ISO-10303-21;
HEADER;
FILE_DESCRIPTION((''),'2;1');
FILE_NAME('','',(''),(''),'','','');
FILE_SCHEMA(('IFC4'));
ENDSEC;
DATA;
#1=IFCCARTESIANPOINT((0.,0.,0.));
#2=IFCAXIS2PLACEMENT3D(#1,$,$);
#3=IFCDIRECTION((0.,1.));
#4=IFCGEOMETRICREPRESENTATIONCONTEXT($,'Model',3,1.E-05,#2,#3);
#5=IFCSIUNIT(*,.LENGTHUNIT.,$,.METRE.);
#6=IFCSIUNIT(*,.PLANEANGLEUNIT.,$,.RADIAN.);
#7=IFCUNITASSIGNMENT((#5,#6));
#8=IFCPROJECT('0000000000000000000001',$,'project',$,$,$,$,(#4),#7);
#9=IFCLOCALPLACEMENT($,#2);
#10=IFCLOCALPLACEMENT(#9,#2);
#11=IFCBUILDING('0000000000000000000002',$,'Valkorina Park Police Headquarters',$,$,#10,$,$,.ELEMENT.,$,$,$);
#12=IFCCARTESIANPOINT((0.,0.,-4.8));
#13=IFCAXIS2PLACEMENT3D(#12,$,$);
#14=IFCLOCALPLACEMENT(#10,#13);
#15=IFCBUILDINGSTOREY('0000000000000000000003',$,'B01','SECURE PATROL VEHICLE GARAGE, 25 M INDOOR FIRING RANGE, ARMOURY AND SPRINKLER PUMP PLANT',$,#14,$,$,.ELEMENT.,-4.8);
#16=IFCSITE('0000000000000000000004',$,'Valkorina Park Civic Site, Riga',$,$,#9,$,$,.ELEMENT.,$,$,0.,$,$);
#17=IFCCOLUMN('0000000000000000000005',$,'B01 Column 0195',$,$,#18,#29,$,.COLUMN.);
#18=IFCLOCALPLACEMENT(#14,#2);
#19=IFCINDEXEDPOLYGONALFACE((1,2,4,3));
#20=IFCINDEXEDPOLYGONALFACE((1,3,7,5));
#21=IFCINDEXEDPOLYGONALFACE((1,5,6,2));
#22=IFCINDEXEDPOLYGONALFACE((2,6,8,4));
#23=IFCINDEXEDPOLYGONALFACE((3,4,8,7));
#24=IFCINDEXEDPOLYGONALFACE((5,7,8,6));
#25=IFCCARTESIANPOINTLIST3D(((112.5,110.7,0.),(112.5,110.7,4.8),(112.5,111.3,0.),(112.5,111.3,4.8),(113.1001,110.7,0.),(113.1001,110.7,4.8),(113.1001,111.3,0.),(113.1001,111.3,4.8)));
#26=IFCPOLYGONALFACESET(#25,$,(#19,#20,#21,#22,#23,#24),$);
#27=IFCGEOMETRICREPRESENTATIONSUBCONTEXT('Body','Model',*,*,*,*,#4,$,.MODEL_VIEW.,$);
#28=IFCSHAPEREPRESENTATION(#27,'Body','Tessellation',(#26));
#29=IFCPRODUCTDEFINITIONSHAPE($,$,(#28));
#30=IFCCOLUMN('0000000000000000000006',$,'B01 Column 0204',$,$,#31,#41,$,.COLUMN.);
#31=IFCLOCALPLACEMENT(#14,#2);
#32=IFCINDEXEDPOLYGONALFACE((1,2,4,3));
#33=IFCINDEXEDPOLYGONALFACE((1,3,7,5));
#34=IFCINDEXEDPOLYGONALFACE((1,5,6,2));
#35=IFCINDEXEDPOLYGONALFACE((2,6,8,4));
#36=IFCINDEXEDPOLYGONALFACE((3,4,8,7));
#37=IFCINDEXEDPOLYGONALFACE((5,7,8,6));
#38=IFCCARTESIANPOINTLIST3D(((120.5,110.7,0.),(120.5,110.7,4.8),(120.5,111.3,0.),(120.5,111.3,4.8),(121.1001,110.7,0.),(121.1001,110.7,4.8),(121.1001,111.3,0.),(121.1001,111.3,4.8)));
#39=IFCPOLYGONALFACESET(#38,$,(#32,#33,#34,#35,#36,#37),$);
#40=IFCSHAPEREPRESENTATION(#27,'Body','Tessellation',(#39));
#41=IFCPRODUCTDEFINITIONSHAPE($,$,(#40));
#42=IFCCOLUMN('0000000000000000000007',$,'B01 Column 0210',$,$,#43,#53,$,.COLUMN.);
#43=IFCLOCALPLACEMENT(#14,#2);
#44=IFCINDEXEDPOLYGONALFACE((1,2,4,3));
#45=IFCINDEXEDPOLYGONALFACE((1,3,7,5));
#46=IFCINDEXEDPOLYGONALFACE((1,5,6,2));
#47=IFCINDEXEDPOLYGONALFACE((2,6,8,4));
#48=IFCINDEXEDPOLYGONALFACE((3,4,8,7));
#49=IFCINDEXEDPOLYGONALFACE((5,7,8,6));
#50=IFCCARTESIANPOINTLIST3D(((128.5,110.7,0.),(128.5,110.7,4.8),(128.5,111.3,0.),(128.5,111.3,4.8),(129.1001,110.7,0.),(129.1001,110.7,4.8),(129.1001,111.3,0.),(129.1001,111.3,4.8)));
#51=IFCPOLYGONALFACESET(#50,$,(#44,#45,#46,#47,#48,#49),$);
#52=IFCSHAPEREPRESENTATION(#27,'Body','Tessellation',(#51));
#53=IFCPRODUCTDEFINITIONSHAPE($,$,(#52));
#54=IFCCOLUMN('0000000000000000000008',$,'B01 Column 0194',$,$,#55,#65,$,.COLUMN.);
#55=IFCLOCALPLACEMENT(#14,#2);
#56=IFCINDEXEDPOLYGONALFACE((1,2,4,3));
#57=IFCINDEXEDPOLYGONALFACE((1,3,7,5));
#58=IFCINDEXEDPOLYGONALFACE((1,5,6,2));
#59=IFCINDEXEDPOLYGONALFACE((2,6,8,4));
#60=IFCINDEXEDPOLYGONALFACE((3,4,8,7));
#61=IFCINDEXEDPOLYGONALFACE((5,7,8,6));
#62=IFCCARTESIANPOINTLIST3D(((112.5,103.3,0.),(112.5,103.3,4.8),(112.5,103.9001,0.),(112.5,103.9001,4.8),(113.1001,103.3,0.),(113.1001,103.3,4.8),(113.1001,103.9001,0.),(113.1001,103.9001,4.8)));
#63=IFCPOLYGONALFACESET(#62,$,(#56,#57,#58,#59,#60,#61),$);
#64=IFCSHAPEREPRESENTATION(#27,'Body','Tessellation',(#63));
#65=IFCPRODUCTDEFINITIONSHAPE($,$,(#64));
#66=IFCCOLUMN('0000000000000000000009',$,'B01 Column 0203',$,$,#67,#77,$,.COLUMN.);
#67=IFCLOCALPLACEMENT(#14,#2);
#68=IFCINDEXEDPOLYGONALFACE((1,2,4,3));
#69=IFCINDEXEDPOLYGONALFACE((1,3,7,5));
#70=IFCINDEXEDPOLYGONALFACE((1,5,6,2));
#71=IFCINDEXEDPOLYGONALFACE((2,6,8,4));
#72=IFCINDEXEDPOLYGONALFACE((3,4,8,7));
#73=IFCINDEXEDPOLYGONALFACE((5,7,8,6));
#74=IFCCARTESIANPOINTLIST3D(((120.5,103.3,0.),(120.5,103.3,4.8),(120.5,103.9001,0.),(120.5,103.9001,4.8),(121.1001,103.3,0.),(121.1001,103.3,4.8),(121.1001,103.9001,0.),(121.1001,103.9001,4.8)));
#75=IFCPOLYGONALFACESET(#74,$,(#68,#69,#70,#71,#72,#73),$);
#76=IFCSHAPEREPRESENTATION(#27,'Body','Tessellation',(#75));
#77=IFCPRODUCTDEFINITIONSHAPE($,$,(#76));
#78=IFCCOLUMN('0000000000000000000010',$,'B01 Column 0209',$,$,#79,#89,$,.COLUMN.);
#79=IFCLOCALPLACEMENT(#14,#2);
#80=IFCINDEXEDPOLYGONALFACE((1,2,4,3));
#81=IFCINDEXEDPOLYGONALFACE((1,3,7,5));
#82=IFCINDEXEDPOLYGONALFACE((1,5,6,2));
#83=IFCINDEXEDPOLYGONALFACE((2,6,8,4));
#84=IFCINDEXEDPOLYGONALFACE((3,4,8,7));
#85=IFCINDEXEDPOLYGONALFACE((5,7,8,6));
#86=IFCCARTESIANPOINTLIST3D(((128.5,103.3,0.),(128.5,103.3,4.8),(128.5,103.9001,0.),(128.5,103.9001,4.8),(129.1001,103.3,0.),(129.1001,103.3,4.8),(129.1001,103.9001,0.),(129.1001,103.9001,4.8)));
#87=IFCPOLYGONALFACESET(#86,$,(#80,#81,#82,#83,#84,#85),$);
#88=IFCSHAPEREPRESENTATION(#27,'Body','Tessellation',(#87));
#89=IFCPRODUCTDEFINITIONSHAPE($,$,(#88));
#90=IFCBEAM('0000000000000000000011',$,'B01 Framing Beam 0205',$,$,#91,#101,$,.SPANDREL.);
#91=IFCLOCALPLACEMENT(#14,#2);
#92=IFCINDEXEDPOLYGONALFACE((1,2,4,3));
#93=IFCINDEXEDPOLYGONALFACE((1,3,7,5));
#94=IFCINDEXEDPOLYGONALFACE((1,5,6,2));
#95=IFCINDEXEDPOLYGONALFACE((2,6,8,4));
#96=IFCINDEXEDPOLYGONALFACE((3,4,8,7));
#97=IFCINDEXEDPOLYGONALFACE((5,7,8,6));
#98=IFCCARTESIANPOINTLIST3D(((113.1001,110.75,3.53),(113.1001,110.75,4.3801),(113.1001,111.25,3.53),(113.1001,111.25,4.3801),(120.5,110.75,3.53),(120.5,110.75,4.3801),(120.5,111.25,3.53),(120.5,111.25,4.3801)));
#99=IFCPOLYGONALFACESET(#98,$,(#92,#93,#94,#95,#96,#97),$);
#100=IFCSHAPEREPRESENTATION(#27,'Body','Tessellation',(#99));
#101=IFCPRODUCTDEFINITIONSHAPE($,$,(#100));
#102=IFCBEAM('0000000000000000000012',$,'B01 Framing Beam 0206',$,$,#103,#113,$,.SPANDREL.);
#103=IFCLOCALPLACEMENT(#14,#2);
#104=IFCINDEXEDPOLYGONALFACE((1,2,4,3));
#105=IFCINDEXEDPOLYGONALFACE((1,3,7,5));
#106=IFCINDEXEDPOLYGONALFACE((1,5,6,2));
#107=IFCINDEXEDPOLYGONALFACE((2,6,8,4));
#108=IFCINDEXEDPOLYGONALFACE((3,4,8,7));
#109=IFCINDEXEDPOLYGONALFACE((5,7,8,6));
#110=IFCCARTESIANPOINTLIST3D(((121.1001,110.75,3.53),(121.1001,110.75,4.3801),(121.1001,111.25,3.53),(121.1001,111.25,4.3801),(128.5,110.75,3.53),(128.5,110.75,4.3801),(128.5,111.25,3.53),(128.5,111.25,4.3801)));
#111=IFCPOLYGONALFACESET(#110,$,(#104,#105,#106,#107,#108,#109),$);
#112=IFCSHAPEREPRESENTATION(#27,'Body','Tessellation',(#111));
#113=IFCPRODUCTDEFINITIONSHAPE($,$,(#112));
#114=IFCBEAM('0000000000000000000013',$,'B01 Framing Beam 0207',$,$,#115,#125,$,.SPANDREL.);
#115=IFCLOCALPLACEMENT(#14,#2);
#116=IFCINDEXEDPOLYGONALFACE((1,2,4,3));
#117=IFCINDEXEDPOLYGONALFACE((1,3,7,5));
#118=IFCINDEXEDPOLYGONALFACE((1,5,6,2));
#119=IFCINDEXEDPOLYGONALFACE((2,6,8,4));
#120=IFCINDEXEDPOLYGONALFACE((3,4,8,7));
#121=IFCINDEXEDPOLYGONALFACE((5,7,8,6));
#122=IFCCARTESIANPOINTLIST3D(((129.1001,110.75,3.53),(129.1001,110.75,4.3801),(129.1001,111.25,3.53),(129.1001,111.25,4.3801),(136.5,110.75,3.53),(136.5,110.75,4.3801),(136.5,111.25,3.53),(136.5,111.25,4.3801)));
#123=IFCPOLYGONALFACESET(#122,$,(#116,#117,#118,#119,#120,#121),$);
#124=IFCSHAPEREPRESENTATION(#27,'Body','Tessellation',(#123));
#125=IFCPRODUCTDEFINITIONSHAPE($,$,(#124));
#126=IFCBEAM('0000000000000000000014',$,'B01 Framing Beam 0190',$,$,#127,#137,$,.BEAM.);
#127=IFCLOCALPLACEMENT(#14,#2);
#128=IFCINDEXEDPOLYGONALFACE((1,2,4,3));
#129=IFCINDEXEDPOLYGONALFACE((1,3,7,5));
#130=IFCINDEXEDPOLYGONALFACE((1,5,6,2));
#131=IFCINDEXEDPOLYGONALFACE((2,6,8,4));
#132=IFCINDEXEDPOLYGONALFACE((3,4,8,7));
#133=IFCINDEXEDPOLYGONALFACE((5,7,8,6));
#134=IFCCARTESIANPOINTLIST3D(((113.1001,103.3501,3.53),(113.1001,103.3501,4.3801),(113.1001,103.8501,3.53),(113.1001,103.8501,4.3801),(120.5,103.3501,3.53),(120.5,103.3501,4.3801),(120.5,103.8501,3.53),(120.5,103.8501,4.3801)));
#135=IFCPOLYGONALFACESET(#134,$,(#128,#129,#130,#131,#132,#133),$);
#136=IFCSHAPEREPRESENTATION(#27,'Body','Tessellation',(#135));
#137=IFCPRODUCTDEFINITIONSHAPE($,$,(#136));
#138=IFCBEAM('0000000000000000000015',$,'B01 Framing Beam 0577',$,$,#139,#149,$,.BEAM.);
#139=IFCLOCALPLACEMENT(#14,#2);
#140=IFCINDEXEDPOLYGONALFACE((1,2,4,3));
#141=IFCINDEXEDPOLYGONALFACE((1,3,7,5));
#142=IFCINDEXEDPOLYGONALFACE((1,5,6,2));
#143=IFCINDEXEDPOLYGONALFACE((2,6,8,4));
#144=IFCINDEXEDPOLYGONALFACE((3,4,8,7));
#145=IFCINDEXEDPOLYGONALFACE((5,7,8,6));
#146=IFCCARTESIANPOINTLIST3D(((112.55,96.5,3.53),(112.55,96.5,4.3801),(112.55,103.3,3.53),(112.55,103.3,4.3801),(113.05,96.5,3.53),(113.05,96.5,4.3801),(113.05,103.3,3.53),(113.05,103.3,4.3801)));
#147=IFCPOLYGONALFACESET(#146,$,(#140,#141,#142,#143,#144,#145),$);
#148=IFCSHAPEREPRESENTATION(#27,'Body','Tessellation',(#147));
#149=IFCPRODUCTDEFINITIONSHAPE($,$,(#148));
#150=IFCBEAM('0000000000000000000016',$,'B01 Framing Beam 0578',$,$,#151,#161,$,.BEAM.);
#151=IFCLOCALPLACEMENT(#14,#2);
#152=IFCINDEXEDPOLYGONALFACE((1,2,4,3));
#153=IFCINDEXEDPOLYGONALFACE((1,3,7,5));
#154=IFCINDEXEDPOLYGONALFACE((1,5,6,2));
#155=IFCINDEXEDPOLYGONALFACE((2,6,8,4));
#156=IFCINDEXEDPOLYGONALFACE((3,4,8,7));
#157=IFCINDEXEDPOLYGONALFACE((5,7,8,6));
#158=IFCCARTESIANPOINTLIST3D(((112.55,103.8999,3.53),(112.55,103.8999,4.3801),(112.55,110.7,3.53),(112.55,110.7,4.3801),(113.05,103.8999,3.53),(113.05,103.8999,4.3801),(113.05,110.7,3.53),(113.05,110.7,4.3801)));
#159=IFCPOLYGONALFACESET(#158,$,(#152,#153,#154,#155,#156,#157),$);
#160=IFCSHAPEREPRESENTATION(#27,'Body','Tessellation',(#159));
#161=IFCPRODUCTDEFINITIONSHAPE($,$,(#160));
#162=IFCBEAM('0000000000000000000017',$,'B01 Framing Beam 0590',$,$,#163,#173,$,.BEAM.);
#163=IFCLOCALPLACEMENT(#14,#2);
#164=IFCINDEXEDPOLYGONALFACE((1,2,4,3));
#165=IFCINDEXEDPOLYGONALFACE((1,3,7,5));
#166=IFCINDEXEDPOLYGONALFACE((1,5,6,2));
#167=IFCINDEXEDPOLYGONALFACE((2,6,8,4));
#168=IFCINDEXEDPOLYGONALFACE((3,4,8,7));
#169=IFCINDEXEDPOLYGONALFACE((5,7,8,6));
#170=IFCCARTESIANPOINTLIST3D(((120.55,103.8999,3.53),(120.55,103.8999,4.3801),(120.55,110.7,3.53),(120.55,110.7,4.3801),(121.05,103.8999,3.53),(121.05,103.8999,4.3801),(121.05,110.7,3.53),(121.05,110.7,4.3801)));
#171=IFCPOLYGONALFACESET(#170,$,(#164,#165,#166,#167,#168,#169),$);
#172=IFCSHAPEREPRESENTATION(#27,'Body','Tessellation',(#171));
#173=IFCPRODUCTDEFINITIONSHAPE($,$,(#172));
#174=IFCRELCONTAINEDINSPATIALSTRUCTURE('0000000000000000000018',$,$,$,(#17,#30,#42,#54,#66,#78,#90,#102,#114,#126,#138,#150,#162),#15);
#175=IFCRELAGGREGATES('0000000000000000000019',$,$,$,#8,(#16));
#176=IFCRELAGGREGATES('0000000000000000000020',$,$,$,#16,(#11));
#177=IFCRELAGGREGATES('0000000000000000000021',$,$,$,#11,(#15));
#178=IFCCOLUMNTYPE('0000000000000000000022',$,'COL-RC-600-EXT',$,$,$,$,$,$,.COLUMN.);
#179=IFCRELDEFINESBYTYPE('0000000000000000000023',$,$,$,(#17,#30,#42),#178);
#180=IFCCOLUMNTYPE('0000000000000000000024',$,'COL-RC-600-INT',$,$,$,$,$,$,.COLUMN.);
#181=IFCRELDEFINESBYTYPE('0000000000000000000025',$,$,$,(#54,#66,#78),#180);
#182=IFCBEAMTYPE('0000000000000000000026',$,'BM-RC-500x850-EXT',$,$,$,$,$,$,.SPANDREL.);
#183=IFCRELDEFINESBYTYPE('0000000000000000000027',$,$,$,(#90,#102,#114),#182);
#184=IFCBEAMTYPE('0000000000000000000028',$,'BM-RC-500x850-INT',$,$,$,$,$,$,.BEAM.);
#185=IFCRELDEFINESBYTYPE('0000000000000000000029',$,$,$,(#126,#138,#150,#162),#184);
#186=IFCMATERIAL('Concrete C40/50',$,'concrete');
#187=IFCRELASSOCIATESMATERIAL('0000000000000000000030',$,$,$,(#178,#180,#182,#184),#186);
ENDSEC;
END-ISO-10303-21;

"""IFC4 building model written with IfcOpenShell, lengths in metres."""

from ifc_helpers import new_model, si_unit, direction, frame, origin, origin_2d, place, context, subcontext, project, spatial, rectangle, extrude, material, material_profile, profile_set, type_object, element, save


model = new_model("IFC4")

# Units and contexts
model_context = context("Model", 3, precision=1e-05, world=origin(), true_north=direction((0.0, 1.0)))
body_context = subcontext(model_context, "Body", "Model", "MODEL_VIEW")
ifc_project = project(units=[si_unit("LENGTHUNIT", "METRE"), si_unit("PLANEANGLEUNIT", "RADIAN")], contexts=[model_context])

# Site, building, storey
site_placement = place(None, origin())
site = spatial("IfcSite", under=ifc_project, at=site_placement, Name="Valkorina Park Civic Site, Riga", CompositionType="ELEMENT", RefElevation=0.0)
building_placement = place(site_placement, origin())
building = spatial("IfcBuilding", under=site, at=building_placement, Name="Valkorina Park Police Headquarters", CompositionType="ELEMENT")
storey_placement = place(building_placement, frame((0.0, 0.0, -4.8)))
storey = spatial("IfcBuildingStorey", under=building, at=storey_placement, Name="B01", Description="SECURE PATROL VEHICLE GARAGE, 25 M INDOOR FIRING RANGE, ARMOURY AND SPRINKLER PUMP PLANT", CompositionType="ELEMENT", Elevation=-4.8)

# Columns
ifc_material_1 = material(Name="Concrete C40/50", Category="concrete")
ifc_material_profile_1 = material_profile(ifc_material_1, rectangle(XDim=0.6001, YDim=0.6001, at=origin_2d()), Name="RC COL 600x600")
ifc_profile_set_1 = profile_set([ifc_material_profile_1], Name="Concrete C40/50")
column_type_1 = type_object("IfcColumnType", Name="COL-RC-600-EXT", PredefinedType="COLUMN", material=ifc_profile_set_1)
for number, where, z_axis, x_axis, name in (
    (1, (112.8, 111.0, 0.0), (0.0, 0.0, 1.0), (1.0, 0.0, 0.0), "B01 Column 0195"),
    (2, (120.8, 111.0, 0.0), (0.0, 0.0, 1.0), (1.0, 0.0, 0.0), "B01 Column 0204"),
    (3, (128.8, 111.0, 0.0), (0.0, 0.0, 1.0), (1.0, 0.0, 0.0), "B01 Column 0210"),
):
    element("IfcColumn", number, at=place(storey_placement, frame(where, z_axis=z_axis, x_axis=x_axis)), inside=storey, type_object=column_type_1, Name=name, PredefinedType="COLUMN", context=body_context, shape_type="SweptSolid", body=[
        extrude(rectangle(XDim=0.6001, YDim=0.6001, at=origin_2d()), origin(), (0.0, 0.0, 1.0), 4.8),
    ])
ifc_material_profile_2 = material_profile(ifc_material_1, rectangle(XDim=0.6001, YDim=0.6001, at=origin_2d()), Name="RC COL 600x600")
ifc_profile_set_2 = profile_set([ifc_material_profile_2], Name="Concrete C40/50")
column_type_2 = type_object("IfcColumnType", Name="COL-RC-600-INT", PredefinedType="COLUMN", material=ifc_profile_set_2)
for number, where, z_axis, x_axis, name in (
    (4, (112.8, 103.6001, 0.0), (0.0, 0.0, 1.0), (1.0, 0.0, 0.0), "B01 Column 0194"),
    (5, (120.8, 103.6001, 0.0), (0.0, 0.0, 1.0), (1.0, 0.0, 0.0), "B01 Column 0203"),
    (6, (128.8, 103.6001, 0.0), (0.0, 0.0, 1.0), (1.0, 0.0, 0.0), "B01 Column 0209"),
):
    element("IfcColumn", number, at=place(storey_placement, frame(where, z_axis=z_axis, x_axis=x_axis)), inside=storey, type_object=column_type_2, Name=name, PredefinedType="COLUMN", context=body_context, shape_type="SweptSolid", body=[
        extrude(rectangle(XDim=0.6001, YDim=0.6001, at=origin_2d()), origin(), (0.0, 0.0, 1.0), 4.8),
    ])

# Beams
ifc_material_profile_3 = material_profile(ifc_material_1, rectangle(XDim=0.5, YDim=0.8501, at=origin_2d()), Name="RC BEAM 500x850")
ifc_profile_set_3 = profile_set([ifc_material_profile_3], Name="Concrete C40/50")
beam_type_1 = type_object("IfcBeamType", Name="BM-RC-500x850-EXT", PredefinedType="SPANDREL", material=ifc_profile_set_3)
for number, where, z_axis, x_axis, name in (
    (7, (113.1001, 111.0, 3.9551), (1.0, 0.0, 0.0), (0.0, 1.0, 0.0), "B01 Framing Beam 0205"),
    (8, (121.1001, 111.0, 3.9551), (1.0, 0.0, 0.0), (0.0, 1.0, 0.0), "B01 Framing Beam 0206"),
    (9, (129.1001, 111.0, 3.9551), (1.0, 0.0, 0.0), (0.0, 1.0, 0.0), "B01 Framing Beam 0207"),
):
    element("IfcBeam", number, at=place(storey_placement, frame(where, z_axis=z_axis, x_axis=x_axis)), inside=storey, type_object=beam_type_1, Name=name, PredefinedType="SPANDREL", context=body_context, shape_type="SweptSolid", body=[
        extrude(rectangle(XDim=0.5, YDim=0.8501, at=origin_2d()), origin(), (0.0, 0.0, 1.0), 7.3999),
    ])
ifc_material_profile_4 = material_profile(ifc_material_1, rectangle(XDim=0.5, YDim=0.8501, at=origin_2d()), Name="RC BEAM 500x850")
ifc_profile_set_4 = profile_set([ifc_material_profile_4], Name="Concrete C40/50")
beam_type_2 = type_object("IfcBeamType", Name="BM-RC-500x850-INT", PredefinedType="BEAM", material=ifc_profile_set_4)
beam_placement = place(storey_placement, frame((113.1001, 103.6001, 3.9551), z_axis=(1.0, 0.0, 0.0), x_axis=(0.0, 1.0, 0.0)))
element("IfcBeam", 10, at=beam_placement, inside=storey, type_object=beam_type_2, Name="B01 Framing Beam 0190", PredefinedType="BEAM", context=body_context, shape_type="SweptSolid", body=[
    extrude(rectangle(XDim=0.5, YDim=0.8501, at=origin_2d()), origin(), (0.0, 0.0, 1.0), 7.3999),
])
for number, where, z_axis, x_axis, name in (
    (11, (112.8, 96.5, 3.9551), (0.0, 1.0, 0.0), (-1.0, 0.0, 0.0), "B01 Framing Beam 0577"),
    (12, (112.8, 103.8999, 3.9551), (0.0, 1.0, 0.0), (-1.0, 0.0, 0.0), "B01 Framing Beam 0578"),
    (13, (120.8, 103.8999, 3.9551), (0.0, 1.0, 0.0), (-1.0, 0.0, 0.0), "B01 Framing Beam 0590"),
):
    element("IfcBeam", number, at=place(storey_placement, frame(where, z_axis=z_axis, x_axis=x_axis)), inside=storey, type_object=beam_type_2, Name=name, PredefinedType="BEAM", context=body_context, shape_type="SweptSolid", body=[
        extrude(rectangle(XDim=0.5, YDim=0.8501, at=origin_2d()), origin(), (0.0, 0.0, 1.0), 6.8),
    ])

save(model, "model.ifc")
